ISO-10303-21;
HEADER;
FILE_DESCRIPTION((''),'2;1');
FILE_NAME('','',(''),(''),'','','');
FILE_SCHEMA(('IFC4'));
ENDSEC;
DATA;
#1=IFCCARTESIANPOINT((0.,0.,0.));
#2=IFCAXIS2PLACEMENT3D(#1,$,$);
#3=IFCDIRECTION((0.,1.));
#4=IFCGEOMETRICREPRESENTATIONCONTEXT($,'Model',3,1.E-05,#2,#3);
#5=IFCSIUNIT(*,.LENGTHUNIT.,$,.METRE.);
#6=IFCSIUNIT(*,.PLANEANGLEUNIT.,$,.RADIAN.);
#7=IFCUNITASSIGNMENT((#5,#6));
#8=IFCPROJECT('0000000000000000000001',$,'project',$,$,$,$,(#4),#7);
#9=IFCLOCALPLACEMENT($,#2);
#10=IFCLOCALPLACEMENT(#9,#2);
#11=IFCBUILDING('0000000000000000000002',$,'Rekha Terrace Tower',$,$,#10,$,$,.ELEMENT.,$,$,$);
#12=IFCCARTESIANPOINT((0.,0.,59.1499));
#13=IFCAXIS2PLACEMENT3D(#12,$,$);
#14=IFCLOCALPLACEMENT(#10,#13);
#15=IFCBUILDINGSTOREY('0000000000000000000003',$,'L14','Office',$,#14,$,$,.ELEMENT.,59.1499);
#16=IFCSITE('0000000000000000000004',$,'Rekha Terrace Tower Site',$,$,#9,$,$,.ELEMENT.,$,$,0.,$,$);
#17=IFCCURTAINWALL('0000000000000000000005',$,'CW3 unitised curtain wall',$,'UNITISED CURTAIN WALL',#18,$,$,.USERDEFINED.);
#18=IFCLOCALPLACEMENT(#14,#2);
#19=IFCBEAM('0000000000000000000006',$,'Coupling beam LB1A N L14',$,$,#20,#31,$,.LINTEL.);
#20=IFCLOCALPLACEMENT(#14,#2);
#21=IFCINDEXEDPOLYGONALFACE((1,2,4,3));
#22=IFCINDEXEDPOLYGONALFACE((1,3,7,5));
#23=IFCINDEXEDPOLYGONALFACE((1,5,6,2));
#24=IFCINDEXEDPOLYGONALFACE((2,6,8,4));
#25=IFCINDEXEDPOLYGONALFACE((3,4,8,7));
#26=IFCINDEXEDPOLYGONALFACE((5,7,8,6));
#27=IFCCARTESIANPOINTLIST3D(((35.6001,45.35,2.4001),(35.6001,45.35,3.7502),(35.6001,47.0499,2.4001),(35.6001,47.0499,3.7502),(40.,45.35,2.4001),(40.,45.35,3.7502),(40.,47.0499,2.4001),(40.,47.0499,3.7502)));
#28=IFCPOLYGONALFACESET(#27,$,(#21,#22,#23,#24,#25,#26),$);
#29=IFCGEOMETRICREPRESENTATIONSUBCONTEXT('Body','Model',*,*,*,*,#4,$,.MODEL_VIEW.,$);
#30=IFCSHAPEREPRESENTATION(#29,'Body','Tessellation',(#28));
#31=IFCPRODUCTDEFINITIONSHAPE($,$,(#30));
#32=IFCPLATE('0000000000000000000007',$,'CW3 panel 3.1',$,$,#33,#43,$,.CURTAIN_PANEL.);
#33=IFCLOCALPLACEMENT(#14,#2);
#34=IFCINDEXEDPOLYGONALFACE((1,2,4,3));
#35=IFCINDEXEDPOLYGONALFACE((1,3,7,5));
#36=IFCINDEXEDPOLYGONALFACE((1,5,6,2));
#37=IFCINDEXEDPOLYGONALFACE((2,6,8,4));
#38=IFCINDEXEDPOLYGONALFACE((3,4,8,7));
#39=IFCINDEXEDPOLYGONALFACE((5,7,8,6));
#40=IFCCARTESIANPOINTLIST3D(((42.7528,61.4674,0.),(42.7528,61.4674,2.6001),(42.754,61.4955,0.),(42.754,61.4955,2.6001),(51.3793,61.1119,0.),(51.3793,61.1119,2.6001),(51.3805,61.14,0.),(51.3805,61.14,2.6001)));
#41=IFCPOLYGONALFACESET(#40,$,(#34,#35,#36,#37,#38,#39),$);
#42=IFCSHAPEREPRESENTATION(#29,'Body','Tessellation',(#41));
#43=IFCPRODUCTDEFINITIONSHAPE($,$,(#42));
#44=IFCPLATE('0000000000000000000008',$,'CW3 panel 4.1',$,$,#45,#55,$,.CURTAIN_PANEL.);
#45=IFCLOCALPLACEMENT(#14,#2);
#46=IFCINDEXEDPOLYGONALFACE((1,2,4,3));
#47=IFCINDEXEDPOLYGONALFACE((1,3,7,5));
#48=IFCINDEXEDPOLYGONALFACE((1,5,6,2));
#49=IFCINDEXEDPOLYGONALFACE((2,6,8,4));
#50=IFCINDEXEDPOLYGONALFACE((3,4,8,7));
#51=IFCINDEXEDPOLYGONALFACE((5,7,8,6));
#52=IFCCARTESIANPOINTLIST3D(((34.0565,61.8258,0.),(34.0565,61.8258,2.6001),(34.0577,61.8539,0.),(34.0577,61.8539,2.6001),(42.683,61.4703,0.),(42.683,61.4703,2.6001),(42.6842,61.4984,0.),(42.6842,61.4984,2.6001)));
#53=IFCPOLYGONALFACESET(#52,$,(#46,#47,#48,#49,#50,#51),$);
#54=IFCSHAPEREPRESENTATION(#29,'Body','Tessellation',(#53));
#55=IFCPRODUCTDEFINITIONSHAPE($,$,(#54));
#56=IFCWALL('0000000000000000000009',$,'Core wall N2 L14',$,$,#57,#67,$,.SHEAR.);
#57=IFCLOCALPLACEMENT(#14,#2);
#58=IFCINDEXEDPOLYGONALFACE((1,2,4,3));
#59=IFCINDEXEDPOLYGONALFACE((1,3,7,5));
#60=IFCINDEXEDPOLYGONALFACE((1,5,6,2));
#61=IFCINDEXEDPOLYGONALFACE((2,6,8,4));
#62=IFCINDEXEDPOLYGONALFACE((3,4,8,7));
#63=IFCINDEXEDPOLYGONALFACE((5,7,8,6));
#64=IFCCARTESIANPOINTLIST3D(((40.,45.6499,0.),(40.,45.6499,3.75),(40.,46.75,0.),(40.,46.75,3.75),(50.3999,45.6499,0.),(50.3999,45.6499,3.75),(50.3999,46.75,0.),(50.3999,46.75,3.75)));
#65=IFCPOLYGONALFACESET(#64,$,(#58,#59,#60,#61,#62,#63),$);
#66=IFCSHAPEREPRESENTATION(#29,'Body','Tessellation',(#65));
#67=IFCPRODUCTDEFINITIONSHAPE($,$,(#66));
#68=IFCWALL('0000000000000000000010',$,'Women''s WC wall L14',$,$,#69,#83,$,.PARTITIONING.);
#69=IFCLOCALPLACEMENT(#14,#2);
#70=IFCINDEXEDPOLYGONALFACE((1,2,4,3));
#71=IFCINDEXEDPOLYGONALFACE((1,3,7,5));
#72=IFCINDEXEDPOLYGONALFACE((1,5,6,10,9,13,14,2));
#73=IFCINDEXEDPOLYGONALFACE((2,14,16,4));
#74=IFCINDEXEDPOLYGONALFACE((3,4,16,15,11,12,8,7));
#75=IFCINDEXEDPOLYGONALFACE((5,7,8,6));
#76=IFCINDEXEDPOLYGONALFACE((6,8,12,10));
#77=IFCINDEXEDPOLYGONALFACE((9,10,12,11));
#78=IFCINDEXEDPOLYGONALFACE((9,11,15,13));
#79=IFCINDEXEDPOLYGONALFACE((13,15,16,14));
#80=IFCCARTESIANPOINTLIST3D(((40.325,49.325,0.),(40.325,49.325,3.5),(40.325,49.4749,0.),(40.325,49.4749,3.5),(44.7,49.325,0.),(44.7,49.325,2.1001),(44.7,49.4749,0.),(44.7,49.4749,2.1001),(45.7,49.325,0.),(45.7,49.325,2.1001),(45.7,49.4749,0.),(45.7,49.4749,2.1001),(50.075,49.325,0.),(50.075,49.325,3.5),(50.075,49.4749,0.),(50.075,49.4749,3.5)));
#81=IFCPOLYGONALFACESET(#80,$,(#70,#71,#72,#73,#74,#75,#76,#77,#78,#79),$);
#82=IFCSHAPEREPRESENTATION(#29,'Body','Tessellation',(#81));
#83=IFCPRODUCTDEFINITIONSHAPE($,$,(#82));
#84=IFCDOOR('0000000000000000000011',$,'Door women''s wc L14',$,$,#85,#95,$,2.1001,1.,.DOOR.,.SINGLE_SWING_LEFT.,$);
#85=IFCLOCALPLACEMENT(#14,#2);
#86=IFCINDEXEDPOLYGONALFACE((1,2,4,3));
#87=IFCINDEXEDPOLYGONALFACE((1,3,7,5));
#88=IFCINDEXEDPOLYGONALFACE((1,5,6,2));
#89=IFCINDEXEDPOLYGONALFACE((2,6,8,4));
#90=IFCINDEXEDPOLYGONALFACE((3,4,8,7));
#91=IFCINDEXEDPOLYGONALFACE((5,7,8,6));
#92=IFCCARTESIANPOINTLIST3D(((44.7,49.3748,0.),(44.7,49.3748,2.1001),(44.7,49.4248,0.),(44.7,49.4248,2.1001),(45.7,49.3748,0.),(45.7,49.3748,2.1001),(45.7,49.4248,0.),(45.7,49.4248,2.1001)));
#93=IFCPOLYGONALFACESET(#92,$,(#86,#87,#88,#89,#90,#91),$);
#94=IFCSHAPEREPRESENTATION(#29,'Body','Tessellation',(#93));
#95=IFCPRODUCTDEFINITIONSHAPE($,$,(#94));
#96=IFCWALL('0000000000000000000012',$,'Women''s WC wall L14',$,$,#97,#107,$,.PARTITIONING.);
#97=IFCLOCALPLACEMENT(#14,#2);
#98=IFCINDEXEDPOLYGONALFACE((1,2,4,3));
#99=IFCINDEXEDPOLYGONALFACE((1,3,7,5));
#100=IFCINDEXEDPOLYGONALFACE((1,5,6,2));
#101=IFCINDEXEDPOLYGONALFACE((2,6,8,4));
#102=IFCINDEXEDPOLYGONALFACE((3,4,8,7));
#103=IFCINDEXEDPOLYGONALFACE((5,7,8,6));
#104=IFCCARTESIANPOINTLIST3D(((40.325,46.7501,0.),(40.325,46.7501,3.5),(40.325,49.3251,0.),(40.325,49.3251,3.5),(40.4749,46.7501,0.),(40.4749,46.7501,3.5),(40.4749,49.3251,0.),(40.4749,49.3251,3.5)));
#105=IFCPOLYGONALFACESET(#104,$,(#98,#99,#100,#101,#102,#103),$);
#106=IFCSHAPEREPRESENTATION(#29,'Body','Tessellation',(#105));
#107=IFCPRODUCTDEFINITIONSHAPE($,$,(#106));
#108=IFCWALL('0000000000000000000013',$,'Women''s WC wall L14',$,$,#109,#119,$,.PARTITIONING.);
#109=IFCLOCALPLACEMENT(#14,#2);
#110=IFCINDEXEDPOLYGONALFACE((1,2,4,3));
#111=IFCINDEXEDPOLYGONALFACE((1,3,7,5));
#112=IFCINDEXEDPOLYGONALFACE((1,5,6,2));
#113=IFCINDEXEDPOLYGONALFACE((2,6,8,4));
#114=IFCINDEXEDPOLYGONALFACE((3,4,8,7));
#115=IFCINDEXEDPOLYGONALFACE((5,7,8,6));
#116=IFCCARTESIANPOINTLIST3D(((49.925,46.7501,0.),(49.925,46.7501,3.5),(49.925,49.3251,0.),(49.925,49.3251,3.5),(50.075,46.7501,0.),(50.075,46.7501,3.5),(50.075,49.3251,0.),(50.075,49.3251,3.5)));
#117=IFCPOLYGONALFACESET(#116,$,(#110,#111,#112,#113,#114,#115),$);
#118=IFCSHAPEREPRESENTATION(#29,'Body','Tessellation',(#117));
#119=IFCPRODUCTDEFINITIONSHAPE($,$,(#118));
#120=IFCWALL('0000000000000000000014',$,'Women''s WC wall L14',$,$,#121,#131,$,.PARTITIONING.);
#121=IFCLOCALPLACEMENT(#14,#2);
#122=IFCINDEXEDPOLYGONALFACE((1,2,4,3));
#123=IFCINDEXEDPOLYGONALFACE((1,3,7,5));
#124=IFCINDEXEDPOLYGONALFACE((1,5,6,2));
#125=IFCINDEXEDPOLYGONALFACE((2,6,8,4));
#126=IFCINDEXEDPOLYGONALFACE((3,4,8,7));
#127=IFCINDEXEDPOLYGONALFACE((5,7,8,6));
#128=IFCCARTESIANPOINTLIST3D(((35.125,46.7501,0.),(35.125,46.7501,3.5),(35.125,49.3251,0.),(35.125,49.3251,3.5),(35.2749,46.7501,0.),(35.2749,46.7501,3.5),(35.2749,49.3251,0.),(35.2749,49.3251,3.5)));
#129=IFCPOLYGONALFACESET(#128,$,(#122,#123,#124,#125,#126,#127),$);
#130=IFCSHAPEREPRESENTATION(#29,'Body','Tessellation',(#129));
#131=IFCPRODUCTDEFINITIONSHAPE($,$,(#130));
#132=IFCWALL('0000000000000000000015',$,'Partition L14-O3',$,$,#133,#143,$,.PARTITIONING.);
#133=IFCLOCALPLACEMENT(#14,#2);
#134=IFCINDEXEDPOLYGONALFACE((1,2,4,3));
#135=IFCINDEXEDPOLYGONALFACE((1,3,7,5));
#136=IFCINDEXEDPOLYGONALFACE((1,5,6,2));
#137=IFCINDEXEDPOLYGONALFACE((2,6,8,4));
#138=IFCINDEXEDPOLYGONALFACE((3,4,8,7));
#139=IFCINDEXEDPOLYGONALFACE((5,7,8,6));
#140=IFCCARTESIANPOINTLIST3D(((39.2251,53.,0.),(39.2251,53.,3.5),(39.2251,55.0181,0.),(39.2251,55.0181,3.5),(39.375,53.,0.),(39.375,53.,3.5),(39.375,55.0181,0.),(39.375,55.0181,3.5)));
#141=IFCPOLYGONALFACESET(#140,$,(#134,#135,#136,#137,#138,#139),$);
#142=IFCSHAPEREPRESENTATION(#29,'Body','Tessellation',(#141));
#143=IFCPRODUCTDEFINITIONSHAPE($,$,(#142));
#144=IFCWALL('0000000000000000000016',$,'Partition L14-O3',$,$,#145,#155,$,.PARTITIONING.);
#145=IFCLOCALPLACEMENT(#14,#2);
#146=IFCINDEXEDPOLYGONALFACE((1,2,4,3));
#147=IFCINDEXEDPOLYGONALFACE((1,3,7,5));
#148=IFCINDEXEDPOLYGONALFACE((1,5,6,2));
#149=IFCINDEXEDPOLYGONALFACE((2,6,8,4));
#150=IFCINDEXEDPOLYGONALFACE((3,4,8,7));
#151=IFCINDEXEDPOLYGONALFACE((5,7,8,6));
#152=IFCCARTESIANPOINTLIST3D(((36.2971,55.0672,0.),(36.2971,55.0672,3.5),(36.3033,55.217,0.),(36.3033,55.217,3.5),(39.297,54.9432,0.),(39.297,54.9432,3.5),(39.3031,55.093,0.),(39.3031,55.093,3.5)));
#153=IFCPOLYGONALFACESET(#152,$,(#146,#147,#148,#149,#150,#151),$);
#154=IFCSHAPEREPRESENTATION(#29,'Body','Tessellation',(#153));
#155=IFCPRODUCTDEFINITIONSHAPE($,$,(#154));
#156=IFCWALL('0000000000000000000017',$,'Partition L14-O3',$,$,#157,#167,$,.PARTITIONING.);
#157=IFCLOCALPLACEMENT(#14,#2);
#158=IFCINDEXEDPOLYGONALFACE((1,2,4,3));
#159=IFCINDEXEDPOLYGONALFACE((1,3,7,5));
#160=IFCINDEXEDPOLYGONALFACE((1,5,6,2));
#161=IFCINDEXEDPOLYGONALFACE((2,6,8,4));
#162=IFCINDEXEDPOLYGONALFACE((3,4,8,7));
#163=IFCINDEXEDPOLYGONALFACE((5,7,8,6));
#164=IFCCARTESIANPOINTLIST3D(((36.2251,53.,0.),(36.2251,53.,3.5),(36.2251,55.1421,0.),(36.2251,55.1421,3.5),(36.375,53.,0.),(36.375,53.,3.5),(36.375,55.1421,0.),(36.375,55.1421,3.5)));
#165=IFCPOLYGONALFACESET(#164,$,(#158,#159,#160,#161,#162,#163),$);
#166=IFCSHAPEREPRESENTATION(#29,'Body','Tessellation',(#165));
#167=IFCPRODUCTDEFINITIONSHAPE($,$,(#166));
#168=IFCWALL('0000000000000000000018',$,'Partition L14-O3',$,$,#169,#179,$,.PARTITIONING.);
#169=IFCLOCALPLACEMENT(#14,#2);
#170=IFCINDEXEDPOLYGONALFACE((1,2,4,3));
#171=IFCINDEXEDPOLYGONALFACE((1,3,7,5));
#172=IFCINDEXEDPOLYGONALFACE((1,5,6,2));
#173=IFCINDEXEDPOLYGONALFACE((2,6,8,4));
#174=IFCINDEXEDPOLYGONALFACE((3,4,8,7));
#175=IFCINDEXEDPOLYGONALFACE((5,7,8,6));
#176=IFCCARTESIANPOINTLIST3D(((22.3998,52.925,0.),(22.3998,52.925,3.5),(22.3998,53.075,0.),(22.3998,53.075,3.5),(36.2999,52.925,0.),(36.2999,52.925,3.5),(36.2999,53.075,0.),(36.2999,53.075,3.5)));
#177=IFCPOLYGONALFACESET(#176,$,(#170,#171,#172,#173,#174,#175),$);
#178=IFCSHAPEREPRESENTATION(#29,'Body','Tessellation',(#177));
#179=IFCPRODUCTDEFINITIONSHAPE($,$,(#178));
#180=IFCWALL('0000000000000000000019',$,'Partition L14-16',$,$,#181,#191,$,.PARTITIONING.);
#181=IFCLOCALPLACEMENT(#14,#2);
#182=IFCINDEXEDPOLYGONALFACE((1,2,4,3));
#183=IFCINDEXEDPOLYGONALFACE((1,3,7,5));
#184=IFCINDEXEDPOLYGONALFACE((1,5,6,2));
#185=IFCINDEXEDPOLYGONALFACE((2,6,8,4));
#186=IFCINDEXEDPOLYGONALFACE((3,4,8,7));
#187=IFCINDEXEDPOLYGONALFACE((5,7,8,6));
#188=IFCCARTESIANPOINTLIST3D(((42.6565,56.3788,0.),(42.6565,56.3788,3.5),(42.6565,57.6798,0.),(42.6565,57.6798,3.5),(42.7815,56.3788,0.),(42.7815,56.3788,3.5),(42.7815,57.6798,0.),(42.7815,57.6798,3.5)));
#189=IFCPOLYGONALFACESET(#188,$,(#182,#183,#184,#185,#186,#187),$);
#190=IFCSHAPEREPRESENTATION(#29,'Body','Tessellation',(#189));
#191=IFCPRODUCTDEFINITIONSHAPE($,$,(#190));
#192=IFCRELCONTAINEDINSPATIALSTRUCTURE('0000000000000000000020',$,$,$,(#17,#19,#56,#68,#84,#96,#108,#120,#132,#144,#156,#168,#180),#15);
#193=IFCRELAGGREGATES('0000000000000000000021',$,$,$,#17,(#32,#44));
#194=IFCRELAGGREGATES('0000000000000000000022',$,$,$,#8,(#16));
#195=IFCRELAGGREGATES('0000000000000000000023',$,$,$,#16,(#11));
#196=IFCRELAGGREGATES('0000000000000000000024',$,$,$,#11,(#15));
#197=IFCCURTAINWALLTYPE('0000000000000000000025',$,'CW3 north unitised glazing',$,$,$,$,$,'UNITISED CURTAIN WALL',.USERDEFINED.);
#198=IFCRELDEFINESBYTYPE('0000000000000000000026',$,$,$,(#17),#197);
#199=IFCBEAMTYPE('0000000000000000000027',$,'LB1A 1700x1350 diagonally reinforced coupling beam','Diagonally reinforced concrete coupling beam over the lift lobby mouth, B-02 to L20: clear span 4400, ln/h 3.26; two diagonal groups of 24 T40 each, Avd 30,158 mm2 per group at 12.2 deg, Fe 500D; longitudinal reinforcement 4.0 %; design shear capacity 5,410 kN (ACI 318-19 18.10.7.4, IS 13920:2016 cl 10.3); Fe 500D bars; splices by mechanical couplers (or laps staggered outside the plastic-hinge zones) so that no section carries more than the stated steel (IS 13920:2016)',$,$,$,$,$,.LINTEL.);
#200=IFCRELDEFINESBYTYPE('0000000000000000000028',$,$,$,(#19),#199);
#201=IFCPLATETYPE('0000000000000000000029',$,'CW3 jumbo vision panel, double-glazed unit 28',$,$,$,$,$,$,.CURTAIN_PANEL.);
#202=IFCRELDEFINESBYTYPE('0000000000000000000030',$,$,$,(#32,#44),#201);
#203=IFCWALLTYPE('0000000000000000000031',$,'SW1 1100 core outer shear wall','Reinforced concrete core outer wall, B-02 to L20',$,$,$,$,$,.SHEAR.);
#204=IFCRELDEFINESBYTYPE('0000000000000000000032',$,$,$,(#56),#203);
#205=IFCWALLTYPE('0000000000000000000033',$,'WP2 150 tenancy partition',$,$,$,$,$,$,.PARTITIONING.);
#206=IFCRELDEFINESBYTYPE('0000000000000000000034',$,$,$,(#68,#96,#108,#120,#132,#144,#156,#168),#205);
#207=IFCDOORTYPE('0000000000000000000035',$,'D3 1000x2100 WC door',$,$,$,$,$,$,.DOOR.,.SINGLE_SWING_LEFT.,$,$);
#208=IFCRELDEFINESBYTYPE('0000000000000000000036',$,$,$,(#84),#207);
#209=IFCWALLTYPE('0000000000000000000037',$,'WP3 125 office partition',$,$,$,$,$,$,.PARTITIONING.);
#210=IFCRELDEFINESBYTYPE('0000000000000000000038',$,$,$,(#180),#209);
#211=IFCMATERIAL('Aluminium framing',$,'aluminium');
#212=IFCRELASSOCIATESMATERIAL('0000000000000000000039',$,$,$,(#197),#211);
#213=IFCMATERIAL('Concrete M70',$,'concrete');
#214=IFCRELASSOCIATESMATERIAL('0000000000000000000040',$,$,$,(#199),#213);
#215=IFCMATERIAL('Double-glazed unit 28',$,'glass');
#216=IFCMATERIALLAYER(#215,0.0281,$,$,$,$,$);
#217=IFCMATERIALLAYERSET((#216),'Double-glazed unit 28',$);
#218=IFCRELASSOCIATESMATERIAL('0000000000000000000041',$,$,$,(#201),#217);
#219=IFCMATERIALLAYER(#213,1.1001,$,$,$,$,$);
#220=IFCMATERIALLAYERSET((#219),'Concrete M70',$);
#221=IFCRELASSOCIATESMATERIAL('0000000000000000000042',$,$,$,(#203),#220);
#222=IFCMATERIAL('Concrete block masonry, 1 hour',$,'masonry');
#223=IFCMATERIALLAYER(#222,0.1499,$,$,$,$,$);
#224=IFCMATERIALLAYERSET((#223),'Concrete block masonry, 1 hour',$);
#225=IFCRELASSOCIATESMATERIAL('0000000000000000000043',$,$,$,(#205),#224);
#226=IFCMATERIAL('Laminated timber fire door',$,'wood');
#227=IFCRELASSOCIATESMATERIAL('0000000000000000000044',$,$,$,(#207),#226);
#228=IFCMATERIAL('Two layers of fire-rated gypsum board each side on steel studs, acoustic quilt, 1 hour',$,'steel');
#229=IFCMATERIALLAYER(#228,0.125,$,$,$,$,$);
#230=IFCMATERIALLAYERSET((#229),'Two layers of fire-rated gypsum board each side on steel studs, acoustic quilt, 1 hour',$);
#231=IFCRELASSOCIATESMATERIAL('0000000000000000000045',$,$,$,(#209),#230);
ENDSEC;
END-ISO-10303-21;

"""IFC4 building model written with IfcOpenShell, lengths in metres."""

from ifc_helpers import new_model, si_unit, direction, frame, frame_2d, origin, origin_2d, place, context, subcontext, project, spatial, rectangle, extrude, material, layer, layer_set, material_profile, profile_set, type_object, element, fill, aggregate, save


model = new_model("IFC4")

# Units and contexts
model_context = context("Model", 3, precision=1e-05, world=origin(), true_north=direction((0.0, 1.0)))
body_context = subcontext(model_context, "Body", "Model", "MODEL_VIEW")
ifc_project = project(units=[si_unit("LENGTHUNIT", "METRE"), si_unit("PLANEANGLEUNIT", "RADIAN")], contexts=[model_context])

# Site, building, storey
site_placement = place(None, origin())
site = spatial("IfcSite", under=ifc_project, at=site_placement, Name="Rekha Terrace Tower Site", CompositionType="ELEMENT", RefElevation=0.0)
building_placement = place(site_placement, origin())
building = spatial("IfcBuilding", under=site, at=building_placement, Name="Rekha Terrace Tower", CompositionType="ELEMENT")
storey_placement = place(building_placement, frame((0.0, 0.0, 59.1499)))
storey = spatial("IfcBuildingStorey", under=building, at=storey_placement, Name="L14", Description="Office", CompositionType="ELEMENT", Elevation=59.1499)

# Shared definitions
ifc_material_1 = material(Name="Concrete M70", Category="concrete")

# Curtain wall
ifc_material_2 = material(Name="Aluminium framing", Category="aluminium")
curtain_wall_type = type_object("IfcCurtainWallType", Name="CW3 north unitised glazing", ElementType="UNITISED CURTAIN WALL", PredefinedType="USERDEFINED", material=ifc_material_2)
curtain_wall_placement = place(storey_placement, origin())
curtain_wall = element("IfcCurtainWall", 1, at=curtain_wall_placement, inside=storey, type_object=curtain_wall_type, Name="CW3 unitised curtain wall", ObjectType="UNITISED CURTAIN WALL", PredefinedType="USERDEFINED")

# Beam
ifc_material_profile_1 = material_profile(ifc_material_1, rectangle(XDim=1.7, YDim=1.3501, at=origin_2d()), Name="RC 1700x1350")
ifc_profile_set_1 = profile_set([ifc_material_profile_1], Name="Concrete M70")
beam_type = type_object("IfcBeamType", Name="LB1A 1700x1350 diagonally reinforced coupling beam", Description="Diagonally reinforced concrete coupling beam over the lift lobby mouth, B-02 to L20: clear span 4400, ln/h 3.26; two diagonal groups of 24 T40 each, Avd 30,158 mm2 per group at 12.2 deg, Fe 500D; longitudinal reinforcement 4.0 %; design shear capacity 5,410 kN (ACI 318-19 18.10.7.4, IS 13920:2016 cl 10.3); Fe 500D bars; splices by mechanical couplers (or laps staggered outside the plastic-hinge zones) so that no section carries more than the stated steel (IS 13920:2016)", PredefinedType="LINTEL", material=ifc_profile_set_1)
beam_placement = place(storey_placement, frame((35.6001, 46.2, 3.0752), z_axis=(1.0, 0.0, 0.0), x_axis=(0.0, 1.0, 0.0)))
element("IfcBeam", 2, at=beam_placement, inside=storey, type_object=beam_type, Name="Coupling beam LB1A N L14", PredefinedType="LINTEL", context=body_context, shape_type="SweptSolid", body=[
    extrude(rectangle(XDim=1.7, YDim=1.3501, at=origin_2d()), origin(), (0.0, 0.0, 1.0), 4.3999),
])

# Plates
ifc_material_3 = material(Name="Double-glazed unit 28", Category="glass")
ifc_layer_1 = layer(ifc_material_3, 0.0281)
ifc_layer_set_1 = layer_set([ifc_layer_1], Name="Double-glazed unit 28")
plate_type = type_object("IfcPlateType", Name="CW3 jumbo vision panel, double-glazed unit 28", PredefinedType="CURTAIN_PANEL", material=ifc_layer_set_1)
plate_1_placement = place(storey_placement, frame((47.0667, 61.3037, 0.0), z_axis=(0.0, 0.0, 1.0), x_axis=(-0.999152, 0.041174, 0.0)))
plate_1 = element("IfcPlate", 3, at=plate_1_placement, type_object=plate_type, Name="CW3 panel 3.1", PredefinedType="CURTAIN_PANEL", context=body_context, shape_type="SweptSolid", body=[
    extrude(rectangle(XDim=8.6338, YDim=0.0281, at=origin_2d()), origin(), (0.0, 0.0, 1.0), 2.6001),
])
plate_2_placement = place(storey_placement, frame((38.3704, 61.6621, 0.0), z_axis=(0.0, 0.0, 1.0), x_axis=(-0.999152, 0.041174, 0.0)))
plate_2 = element("IfcPlate", 4, at=plate_2_placement, type_object=plate_type, Name="CW3 panel 4.1", PredefinedType="CURTAIN_PANEL", context=body_context, shape_type="SweptSolid", body=[
    extrude(rectangle(XDim=8.6338, YDim=0.0281, at=origin_2d()), origin(), (0.0, 0.0, 1.0), 2.6001),
])
aggregate(curtain_wall, [plate_1, plate_2])

# Wall
ifc_layer_2 = layer(ifc_material_1, 1.1001)
ifc_layer_set_2 = layer_set([ifc_layer_2], Name="Concrete M70")
wall_type_1 = type_object("IfcWallType", Name="SW1 1100 core outer shear wall", Description="Reinforced concrete core outer wall, B-02 to L20", PredefinedType="SHEAR", material=ifc_layer_set_2)
wall_1_placement = place(storey_placement, frame((40.0, 46.2, 0.0), z_axis=(0.0, 0.0, 1.0), x_axis=(1.0, 0.0, 0.0)))
element("IfcWall", 5, at=wall_1_placement, inside=storey, type_object=wall_type_1, Name="Core wall N2 L14", PredefinedType="SHEAR", context=body_context, shape_type="SweptSolid", body=[
    extrude(rectangle(XDim=10.3999, YDim=1.1001, at=frame_2d((5.2, 0.0))), origin(), (0.0, 0.0, 1.0), 3.75),
])

# Wall, opening, door
ifc_material_4 = material(Name="Concrete block masonry, 1 hour", Category="masonry")
ifc_layer_3 = layer(ifc_material_4, 0.1499)
ifc_layer_set_3 = layer_set([ifc_layer_3], Name="Concrete block masonry, 1 hour")
wall_type_2 = type_object("IfcWallType", Name="WP2 150 tenancy partition", PredefinedType="PARTITIONING", material=ifc_layer_set_3)
wall_2_placement = place(storey_placement, frame((40.325, 49.3999, 0.0), z_axis=(0.0, 0.0, 1.0), x_axis=(1.0, 0.0, 0.0)))
wall_2 = element("IfcWall", 6, at=wall_2_placement, inside=storey, type_object=wall_type_2, Name="Women's WC wall L14", PredefinedType="PARTITIONING", context=body_context, shape_type="SweptSolid", body=[
    extrude(rectangle(XDim=9.75, YDim=0.1499, at=frame_2d((4.875, 0.0))), origin(), (0.0, 0.0, 1.0), 3.5),
])
opening_1_placement = place(wall_2_placement, frame((4.375, 0.0, 0.0)))
opening_1 = element("IfcOpeningElement", 7, at=opening_1_placement, cuts=wall_2, PredefinedType="OPENING", context=body_context, shape_type="SweptSolid", body=[
    extrude(rectangle(XDim=1.0, YDim=2.1001, at=frame_2d((0.5, 1.05))), frame((0.0, 0.085, 0.0), z_axis=(0.0, -1.0, 0.0), x_axis=(1.0, 0.0, 0.0)), (0.0, 0.0, 1.0), 0.1699),
])
ifc_material_5 = material(Name="Laminated timber fire door", Category="wood")
door_type_1 = type_object("IfcDoorType", Name="D3 1000x2100 WC door", OperationType="SINGLE_SWING_LEFT", PredefinedType="DOOR", material=ifc_material_5)
door_1_placement = place(opening_1_placement, origin())
door_1 = element("IfcDoor", 8, at=door_1_placement, inside=storey, type_object=door_type_1, Name="Door women's wc L14", OperationType="SINGLE_SWING_LEFT", OverallHeight=2.1001, OverallWidth=1.0, PredefinedType="DOOR", context=body_context, shape_type="SweptSolid", body=[
    extrude(rectangle(XDim=1.0, YDim=2.1001, at=frame_2d((0.5, 1.05))), frame((0.0, 0.0249, 0.0), z_axis=(0.0, -1.0, 0.0), x_axis=(1.0, 0.0, 0.0)), (0.0, 0.0, 1.0), 0.05),
])
fill(opening_1, door_1)

# Walls
for number, where, z_axis, x_axis, name in (
    (9, (40.3999, 46.75, 0.0), (0.0, 0.0, 1.0), (0.0, 1.0, 0.0), "Women's WC wall L14"),
    (10, (50.0, 46.75, 0.0), (0.0, 0.0, 1.0), (0.0, 1.0, 0.0), "Women's WC wall L14"),
    (11, (35.2, 46.75, 0.0), (0.0, 0.0, 1.0), (0.0, 1.0, 0.0), "Women's WC wall L14"),
):
    element("IfcWall", number, at=place(storey_placement, frame(where, z_axis=z_axis, x_axis=x_axis)), inside=storey, type_object=wall_type_2, Name=name, PredefinedType="PARTITIONING", context=body_context, shape_type="SweptSolid", body=[
        extrude(rectangle(XDim=2.575, YDim=0.1499, at=frame_2d((1.2876, 0.0))), origin(), (0.0, 0.0, 1.0), 3.5),
    ])
wall_3_placement = place(storey_placement, frame((39.3, 53.0, 0.0), z_axis=(0.0, 0.0, 1.0), x_axis=(0.0, 1.0, 0.0)))
element("IfcWall", 12, at=wall_3_placement, inside=storey, type_object=wall_type_2, Name="Partition L14-O3", PredefinedType="PARTITIONING", context=body_context, shape_type="SweptSolid", body=[
    extrude(rectangle(XDim=2.0181, YDim=0.1499, at=frame_2d((1.009, 0.0))), origin(), (0.0, 0.0, 1.0), 3.5),
])
wall_4_placement = place(storey_placement, frame((39.3, 55.0181, 0.0), z_axis=(0.0, 0.0, 1.0), x_axis=(-0.999147, 0.041306, 0.0)))
element("IfcWall", 13, at=wall_4_placement, inside=storey, type_object=wall_type_2, Name="Partition L14-O3", PredefinedType="PARTITIONING", context=body_context, shape_type="SweptSolid", body=[
    extrude(rectangle(XDim=3.0024, YDim=0.1499, at=frame_2d((1.5012, 0.0))), origin(), (0.0, 0.0, 1.0), 3.5),
])
wall_5_placement = place(storey_placement, frame((36.3, 55.1421, 0.0), z_axis=(0.0, 0.0, 1.0), x_axis=(0.0, -1.0, 0.0)))
element("IfcWall", 14, at=wall_5_placement, inside=storey, type_object=wall_type_2, Name="Partition L14-O3", PredefinedType="PARTITIONING", context=body_context, shape_type="SweptSolid", body=[
    extrude(rectangle(XDim=2.1421, YDim=0.1499, at=frame_2d((1.071, 0.0))), origin(), (0.0, 0.0, 1.0), 3.5),
])
wall_6_placement = place(storey_placement, frame((36.3, 53.0, 0.0), z_axis=(0.0, 0.0, 1.0), x_axis=(-1.0, 0.0, 0.0)))
element("IfcWall", 15, at=wall_6_placement, inside=storey, type_object=wall_type_2, Name="Partition L14-O3", PredefinedType="PARTITIONING", context=body_context, shape_type="SweptSolid", body=[
    extrude(rectangle(XDim=13.9001, YDim=0.1499, at=frame_2d((6.9502, 0.0))), origin(), (0.0, 0.0, 1.0), 3.5),
])
ifc_material_6 = material(Name="Two layers of fire-rated gypsum board each side on steel studs, acoustic quilt, 1 hour", Category="steel")
ifc_layer_4 = layer(ifc_material_6, 0.125)
ifc_layer_set_4 = layer_set([ifc_layer_4], Name="Two layers of fire-rated gypsum board each side on steel studs, acoustic quilt, 1 hour")
wall_type_3 = type_object("IfcWallType", Name="WP3 125 office partition", PredefinedType="PARTITIONING", material=ifc_layer_set_4)
wall_7_placement = place(storey_placement, frame((42.719, 56.3789, 0.0), z_axis=(0.0, 0.0, 1.0), x_axis=(0.0, 1.0, 0.0)))
element("IfcWall", 16, at=wall_7_placement, inside=storey, type_object=wall_type_3, Name="Partition L14-16", PredefinedType="PARTITIONING", context=body_context, shape_type="SweptSolid", body=[
    extrude(rectangle(XDim=1.301, YDim=0.125, at=frame_2d((0.6504, 0.0))), origin(), (0.0, 0.0, 1.0), 3.5),
])

save(model, "model.ifc")
